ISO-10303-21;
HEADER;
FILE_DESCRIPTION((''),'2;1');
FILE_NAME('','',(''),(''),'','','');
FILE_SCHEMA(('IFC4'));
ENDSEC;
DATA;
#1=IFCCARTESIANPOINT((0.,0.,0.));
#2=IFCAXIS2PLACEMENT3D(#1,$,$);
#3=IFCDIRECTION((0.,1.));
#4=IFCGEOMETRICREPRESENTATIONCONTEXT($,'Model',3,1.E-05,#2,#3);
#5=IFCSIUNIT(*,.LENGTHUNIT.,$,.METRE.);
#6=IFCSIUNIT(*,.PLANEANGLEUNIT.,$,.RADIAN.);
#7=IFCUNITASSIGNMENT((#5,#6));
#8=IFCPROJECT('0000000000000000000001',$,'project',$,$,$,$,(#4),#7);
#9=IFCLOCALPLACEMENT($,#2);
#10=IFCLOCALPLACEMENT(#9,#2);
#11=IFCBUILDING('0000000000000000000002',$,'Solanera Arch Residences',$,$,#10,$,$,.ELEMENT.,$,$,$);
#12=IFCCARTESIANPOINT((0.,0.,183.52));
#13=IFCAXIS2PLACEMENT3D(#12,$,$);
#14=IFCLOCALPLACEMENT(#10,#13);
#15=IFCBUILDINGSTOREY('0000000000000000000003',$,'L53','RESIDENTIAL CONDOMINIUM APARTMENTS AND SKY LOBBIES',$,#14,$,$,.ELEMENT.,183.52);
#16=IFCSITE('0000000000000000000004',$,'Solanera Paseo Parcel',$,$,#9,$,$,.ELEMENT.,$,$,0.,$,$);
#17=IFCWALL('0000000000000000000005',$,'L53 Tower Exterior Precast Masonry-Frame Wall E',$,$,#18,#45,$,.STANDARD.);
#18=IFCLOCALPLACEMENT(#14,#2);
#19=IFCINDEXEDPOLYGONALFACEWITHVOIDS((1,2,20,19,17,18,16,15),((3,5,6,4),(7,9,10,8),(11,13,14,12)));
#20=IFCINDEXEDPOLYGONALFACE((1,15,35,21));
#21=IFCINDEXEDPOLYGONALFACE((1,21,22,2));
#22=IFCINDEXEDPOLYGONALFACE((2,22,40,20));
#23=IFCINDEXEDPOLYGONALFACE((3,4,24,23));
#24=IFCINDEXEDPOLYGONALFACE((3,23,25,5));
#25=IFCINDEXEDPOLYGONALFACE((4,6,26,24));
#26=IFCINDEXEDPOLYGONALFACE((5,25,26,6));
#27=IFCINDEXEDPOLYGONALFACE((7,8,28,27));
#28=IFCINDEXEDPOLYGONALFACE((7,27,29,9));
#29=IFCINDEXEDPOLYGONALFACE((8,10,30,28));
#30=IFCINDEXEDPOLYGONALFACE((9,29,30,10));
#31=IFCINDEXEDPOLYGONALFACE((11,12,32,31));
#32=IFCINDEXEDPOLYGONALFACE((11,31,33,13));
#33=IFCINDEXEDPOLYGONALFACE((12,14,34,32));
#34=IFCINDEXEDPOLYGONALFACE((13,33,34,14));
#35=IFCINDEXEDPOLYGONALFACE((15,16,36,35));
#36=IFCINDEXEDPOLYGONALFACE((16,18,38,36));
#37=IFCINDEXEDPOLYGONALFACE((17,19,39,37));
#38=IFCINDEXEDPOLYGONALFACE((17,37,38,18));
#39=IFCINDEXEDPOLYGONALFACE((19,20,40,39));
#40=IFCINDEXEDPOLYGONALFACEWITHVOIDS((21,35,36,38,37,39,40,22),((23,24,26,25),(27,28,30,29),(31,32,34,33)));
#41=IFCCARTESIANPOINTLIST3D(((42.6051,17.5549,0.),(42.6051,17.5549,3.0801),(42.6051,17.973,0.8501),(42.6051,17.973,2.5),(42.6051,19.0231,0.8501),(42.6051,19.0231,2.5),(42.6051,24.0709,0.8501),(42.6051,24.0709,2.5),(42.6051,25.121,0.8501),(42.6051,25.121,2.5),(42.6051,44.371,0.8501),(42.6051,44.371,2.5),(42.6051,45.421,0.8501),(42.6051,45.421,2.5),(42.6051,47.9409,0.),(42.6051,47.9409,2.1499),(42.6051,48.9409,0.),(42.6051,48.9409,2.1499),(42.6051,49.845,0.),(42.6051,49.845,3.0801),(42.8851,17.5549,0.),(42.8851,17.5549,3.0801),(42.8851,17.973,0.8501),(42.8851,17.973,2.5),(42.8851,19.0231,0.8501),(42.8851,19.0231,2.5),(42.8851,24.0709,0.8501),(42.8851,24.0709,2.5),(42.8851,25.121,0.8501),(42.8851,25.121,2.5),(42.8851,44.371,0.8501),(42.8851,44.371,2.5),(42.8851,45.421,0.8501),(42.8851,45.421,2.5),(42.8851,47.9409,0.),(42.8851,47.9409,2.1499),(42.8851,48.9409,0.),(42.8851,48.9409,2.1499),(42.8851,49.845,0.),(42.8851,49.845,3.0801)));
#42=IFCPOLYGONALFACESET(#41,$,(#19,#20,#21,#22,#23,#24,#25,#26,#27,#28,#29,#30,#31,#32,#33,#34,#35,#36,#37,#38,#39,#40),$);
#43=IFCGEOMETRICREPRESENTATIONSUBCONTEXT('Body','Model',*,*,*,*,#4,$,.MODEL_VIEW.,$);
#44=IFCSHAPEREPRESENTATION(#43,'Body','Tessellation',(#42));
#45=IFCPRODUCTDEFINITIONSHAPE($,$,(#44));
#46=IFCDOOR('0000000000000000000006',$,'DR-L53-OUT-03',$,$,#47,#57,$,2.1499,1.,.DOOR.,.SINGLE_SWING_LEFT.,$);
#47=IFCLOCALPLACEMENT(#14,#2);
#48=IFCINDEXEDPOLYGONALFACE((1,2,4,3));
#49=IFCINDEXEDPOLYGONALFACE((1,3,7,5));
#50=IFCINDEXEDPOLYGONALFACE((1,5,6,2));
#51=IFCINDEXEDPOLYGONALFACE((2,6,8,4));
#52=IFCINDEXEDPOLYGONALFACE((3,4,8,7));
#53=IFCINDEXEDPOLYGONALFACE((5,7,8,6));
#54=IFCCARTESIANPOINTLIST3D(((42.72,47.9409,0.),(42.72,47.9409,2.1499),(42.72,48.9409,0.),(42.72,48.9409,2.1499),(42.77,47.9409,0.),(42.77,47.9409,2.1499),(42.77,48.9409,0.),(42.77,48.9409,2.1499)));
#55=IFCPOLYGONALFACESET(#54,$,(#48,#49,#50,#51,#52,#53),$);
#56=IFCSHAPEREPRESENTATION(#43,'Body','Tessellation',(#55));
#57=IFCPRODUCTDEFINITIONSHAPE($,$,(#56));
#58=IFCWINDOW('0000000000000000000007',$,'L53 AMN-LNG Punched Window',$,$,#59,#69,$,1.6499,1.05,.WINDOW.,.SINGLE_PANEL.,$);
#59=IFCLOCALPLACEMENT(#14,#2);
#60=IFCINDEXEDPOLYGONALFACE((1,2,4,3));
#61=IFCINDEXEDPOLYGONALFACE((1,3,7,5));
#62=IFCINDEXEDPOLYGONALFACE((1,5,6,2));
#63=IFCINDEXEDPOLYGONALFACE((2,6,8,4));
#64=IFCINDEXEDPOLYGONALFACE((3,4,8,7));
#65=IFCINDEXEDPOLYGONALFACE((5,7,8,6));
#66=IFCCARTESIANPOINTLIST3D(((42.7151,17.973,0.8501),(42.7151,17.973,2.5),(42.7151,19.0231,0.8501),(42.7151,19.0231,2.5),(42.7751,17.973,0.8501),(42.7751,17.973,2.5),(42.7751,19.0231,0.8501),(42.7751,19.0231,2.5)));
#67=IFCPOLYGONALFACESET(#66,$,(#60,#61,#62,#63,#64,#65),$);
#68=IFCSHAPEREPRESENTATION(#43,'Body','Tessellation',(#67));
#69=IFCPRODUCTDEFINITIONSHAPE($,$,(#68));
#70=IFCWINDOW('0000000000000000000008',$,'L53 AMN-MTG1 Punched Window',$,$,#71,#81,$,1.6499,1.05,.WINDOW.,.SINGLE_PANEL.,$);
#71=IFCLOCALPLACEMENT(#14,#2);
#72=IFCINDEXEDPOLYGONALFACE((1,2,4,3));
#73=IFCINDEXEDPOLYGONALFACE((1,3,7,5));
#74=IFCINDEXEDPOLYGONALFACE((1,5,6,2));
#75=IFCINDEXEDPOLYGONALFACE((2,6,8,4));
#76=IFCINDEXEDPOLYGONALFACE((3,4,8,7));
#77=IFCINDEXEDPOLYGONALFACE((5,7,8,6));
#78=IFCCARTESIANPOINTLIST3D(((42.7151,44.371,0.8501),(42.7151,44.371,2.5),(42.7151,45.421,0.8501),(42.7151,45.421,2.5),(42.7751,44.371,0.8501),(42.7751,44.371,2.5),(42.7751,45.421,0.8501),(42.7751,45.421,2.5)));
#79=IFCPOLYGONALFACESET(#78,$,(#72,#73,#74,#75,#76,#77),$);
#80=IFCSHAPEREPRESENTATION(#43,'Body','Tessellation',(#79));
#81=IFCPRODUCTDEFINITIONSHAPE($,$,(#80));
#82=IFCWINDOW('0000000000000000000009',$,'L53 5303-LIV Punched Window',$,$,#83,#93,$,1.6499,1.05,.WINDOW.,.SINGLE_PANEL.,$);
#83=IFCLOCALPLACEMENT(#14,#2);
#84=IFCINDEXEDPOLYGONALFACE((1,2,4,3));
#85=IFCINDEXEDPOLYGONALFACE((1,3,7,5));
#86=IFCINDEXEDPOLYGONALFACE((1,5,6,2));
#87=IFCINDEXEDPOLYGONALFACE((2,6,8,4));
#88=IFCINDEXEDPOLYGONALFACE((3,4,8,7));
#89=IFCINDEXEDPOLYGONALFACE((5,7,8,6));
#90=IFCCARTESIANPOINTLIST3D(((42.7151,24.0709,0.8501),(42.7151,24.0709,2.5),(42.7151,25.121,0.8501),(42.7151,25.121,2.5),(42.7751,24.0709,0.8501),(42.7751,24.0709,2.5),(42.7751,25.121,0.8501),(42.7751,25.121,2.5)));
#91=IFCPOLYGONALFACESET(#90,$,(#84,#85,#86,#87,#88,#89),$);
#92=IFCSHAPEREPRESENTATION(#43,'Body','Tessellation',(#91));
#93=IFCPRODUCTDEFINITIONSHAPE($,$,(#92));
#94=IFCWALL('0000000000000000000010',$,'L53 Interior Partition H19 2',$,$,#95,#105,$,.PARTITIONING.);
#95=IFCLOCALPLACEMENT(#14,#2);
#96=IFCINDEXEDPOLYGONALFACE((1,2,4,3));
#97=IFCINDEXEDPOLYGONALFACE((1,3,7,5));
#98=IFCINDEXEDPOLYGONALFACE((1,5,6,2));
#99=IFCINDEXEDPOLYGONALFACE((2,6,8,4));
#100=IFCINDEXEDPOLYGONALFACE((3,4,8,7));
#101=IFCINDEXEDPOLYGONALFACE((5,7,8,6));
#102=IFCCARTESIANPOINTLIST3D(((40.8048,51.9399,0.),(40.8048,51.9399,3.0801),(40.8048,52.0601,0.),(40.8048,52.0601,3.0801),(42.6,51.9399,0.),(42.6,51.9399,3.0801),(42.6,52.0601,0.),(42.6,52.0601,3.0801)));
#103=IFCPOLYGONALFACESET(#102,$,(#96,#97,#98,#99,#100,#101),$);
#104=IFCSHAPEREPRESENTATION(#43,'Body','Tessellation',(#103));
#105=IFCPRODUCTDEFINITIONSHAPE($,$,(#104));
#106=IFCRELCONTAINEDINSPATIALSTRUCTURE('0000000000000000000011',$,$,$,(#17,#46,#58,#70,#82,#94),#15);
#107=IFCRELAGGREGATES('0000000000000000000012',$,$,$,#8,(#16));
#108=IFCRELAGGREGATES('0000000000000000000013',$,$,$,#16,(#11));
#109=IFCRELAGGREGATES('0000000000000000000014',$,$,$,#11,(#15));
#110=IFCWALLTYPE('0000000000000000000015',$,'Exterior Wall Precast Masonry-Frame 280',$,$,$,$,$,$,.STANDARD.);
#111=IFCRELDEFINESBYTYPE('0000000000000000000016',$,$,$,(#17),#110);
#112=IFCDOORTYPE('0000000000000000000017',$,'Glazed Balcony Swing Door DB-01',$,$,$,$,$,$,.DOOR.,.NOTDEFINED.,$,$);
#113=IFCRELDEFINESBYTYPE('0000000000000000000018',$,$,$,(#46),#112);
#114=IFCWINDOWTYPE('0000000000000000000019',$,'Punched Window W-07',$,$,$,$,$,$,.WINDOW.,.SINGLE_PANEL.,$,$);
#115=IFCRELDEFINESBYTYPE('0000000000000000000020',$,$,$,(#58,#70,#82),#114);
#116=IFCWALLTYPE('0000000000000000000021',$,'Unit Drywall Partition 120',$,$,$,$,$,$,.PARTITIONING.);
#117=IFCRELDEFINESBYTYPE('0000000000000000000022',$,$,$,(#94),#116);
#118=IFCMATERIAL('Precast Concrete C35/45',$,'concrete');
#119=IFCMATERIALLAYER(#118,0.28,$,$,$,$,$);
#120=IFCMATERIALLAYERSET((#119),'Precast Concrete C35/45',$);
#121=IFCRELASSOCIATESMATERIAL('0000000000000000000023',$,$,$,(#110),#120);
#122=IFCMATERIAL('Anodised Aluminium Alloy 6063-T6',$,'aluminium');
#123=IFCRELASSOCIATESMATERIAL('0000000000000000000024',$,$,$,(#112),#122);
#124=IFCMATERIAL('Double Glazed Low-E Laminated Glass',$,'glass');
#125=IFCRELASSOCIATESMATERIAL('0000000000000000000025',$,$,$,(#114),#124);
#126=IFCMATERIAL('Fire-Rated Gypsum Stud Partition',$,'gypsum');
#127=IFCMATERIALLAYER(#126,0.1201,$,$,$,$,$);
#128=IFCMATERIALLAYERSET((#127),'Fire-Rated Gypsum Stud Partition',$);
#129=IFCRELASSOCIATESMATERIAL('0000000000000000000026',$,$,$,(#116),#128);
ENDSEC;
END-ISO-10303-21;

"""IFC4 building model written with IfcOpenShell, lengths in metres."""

from ifc_helpers import new_model, si_unit, direction, frame, frame_2d, origin, place, context, subcontext, project, spatial, rectangle, extrude, material, layer, layer_set, type_object, element, fill, save


model = new_model("IFC4")

# Units and contexts
model_context = context("Model", 3, precision=1e-05, world=origin(), true_north=direction((0.0, 1.0)))
body_context = subcontext(model_context, "Body", "Model", "MODEL_VIEW")
ifc_project = project(units=[si_unit("LENGTHUNIT", "METRE"), si_unit("PLANEANGLEUNIT", "RADIAN")], contexts=[model_context])

# Site, building, storey
site_placement = place(None, origin())
site = spatial("IfcSite", under=ifc_project, at=site_placement, Name="Solanera Paseo Parcel", CompositionType="ELEMENT", RefElevation=0.0)
building_placement = place(site_placement, origin())
building = spatial("IfcBuilding", under=site, at=building_placement, Name="Solanera Arch Residences", CompositionType="ELEMENT")
storey_placement = place(building_placement, frame((0.0, 0.0, 183.52)))
storey = spatial("IfcBuildingStorey", under=building, at=storey_placement, Name="L53", Description="RESIDENTIAL CONDOMINIUM APARTMENTS AND SKY LOBBIES", CompositionType="ELEMENT", Elevation=183.52)

# Shared definitions
ifc_material_1 = material(Name="Precast Concrete C35/45", Category="concrete")
ifc_layer_1 = layer(ifc_material_1, 0.28)
ifc_layer_set_1 = layer_set([ifc_layer_1], Name="Precast Concrete C35/45")
wall_type_1 = type_object("IfcWallType", Name="Exterior Wall Precast Masonry-Frame 280", PredefinedType="STANDARD", material=ifc_layer_set_1)

# Wall, openings, door, windows
wall_1_placement = place(storey_placement, frame((42.7451, 49.845, 0.0), z_axis=(0.0, 0.0, 1.0), x_axis=(0.0, -1.0, 0.0)))
wall_1 = element("IfcWall", 1, at=wall_1_placement, inside=storey, type_object=wall_type_1, Name="L53 Tower Exterior Precast Masonry-Frame Wall E", PredefinedType="STANDARD", context=body_context, shape_type="SweptSolid", body=[
    extrude(rectangle(XDim=32.29, YDim=0.28, at=frame_2d((16.145, 0.0))), origin(), (0.0, 0.0, 1.0), 3.0801),
])
opening_1_placement = place(wall_1_placement, frame((0.9041, 0.0, 0.0)))
opening_1 = element("IfcOpeningElement", 2, at=opening_1_placement, cuts=wall_1, PredefinedType="OPENING", context=body_context, shape_type="SweptSolid", body=[
    extrude(rectangle(XDim=1.0, YDim=2.1499, at=frame_2d((0.5, 1.075))), frame((0.0, 0.1499, 0.0), z_axis=(0.0, -1.0, 0.0), x_axis=(1.0, 0.0, 0.0)), (0.0, 0.0, 1.0), 0.3),
])
opening_2_placement = place(wall_1_placement, frame((30.822, 0.0, 0.8501)))
opening_2 = element("IfcOpeningElement", 3, at=opening_2_placement, cuts=wall_1, PredefinedType="OPENING", context=body_context, shape_type="SweptSolid", body=[
    extrude(rectangle(XDim=1.05, YDim=1.6499, at=frame_2d((0.5249, 0.825))), frame((0.0, 0.1499, 0.0), z_axis=(0.0, -1.0, 0.0), x_axis=(1.0, 0.0, 0.0)), (0.0, 0.0, 1.0), 0.3),
])
opening_3_placement = place(wall_1_placement, frame((4.4241, 0.0, 0.8501)))
opening_3 = element("IfcOpeningElement", 4, at=opening_3_placement, cuts=wall_1, PredefinedType="OPENING", context=body_context, shape_type="SweptSolid", body=[
    extrude(rectangle(XDim=1.05, YDim=1.6499, at=frame_2d((0.5249, 0.825))), frame((0.0, 0.1499, 0.0), z_axis=(0.0, -1.0, 0.0), x_axis=(1.0, 0.0, 0.0)), (0.0, 0.0, 1.0), 0.3),
])
opening_4_placement = place(wall_1_placement, frame((24.7241, 0.0, 0.8501)))
opening_4 = element("IfcOpeningElement", 5, at=opening_4_placement, cuts=wall_1, PredefinedType="OPENING", context=body_context, shape_type="SweptSolid", body=[
    extrude(rectangle(XDim=1.05, YDim=1.6499, at=frame_2d((0.5249, 0.825))), frame((0.0, 0.1499, 0.0), z_axis=(0.0, -1.0, 0.0), x_axis=(1.0, 0.0, 0.0)), (0.0, 0.0, 1.0), 0.3),
])
ifc_material_2 = material(Name="Anodised Aluminium Alloy 6063-T6", Category="aluminium")
door_type = type_object("IfcDoorType", Name="Glazed Balcony Swing Door DB-01", OperationType="NOTDEFINED", PredefinedType="DOOR", material=ifc_material_2)
door_placement = place(opening_1_placement, origin())
door = element("IfcDoor", 6, at=door_placement, inside=storey, type_object=door_type, Name="DR-L53-OUT-03", OperationType="SINGLE_SWING_LEFT", OverallHeight=2.1499, OverallWidth=1.0, PredefinedType="DOOR", context=body_context, shape_type="SweptSolid", body=[
    extrude(rectangle(XDim=1.0, YDim=2.1499, at=frame_2d((0.5, 1.075))), frame((0.0, 0.0249, 0.0), z_axis=(0.0, -1.0, 0.0), x_axis=(1.0, 0.0, 0.0)), (0.0, 0.0, 1.0), 0.05),
])
fill(opening_1, door)
ifc_material_3 = material(Name="Double Glazed Low-E Laminated Glass", Category="glass")
window_type = type_object("IfcWindowType", Name="Punched Window W-07", PartitioningType="SINGLE_PANEL", PredefinedType="WINDOW", material=ifc_material_3)
window_1_placement = place(opening_2_placement, origin())
window_1 = element("IfcWindow", 7, at=window_1_placement, inside=storey, type_object=window_type, Name="L53 AMN-LNG Punched Window", OverallHeight=1.6499, OverallWidth=1.05, PartitioningType="SINGLE_PANEL", PredefinedType="WINDOW", context=body_context, shape_type="SweptSolid", body=[
    extrude(rectangle(XDim=1.05, YDim=1.6499, at=frame_2d((0.5249, 0.825))), frame((0.0, 0.03, 0.0), z_axis=(0.0, -1.0, 0.0), x_axis=(1.0, 0.0, 0.0)), (0.0, 0.0, 1.0), 0.0601),
])
fill(opening_2, window_1)
window_2_placement = place(opening_3_placement, origin())
window_2 = element("IfcWindow", 8, at=window_2_placement, inside=storey, type_object=window_type, Name="L53 AMN-MTG1 Punched Window", OverallHeight=1.6499, OverallWidth=1.05, PartitioningType="SINGLE_PANEL", PredefinedType="WINDOW", context=body_context, shape_type="SweptSolid", body=[
    extrude(rectangle(XDim=1.05, YDim=1.6499, at=frame_2d((0.5249, 0.825))), frame((0.0, 0.03, 0.0), z_axis=(0.0, -1.0, 0.0), x_axis=(1.0, 0.0, 0.0)), (0.0, 0.0, 1.0), 0.0601),
])
fill(opening_3, window_2)
window_3_placement = place(opening_4_placement, origin())
window_3 = element("IfcWindow", 9, at=window_3_placement, inside=storey, type_object=window_type, Name="L53 5303-LIV Punched Window", OverallHeight=1.6499, OverallWidth=1.05, PartitioningType="SINGLE_PANEL", PredefinedType="WINDOW", context=body_context, shape_type="SweptSolid", body=[
    extrude(rectangle(XDim=1.05, YDim=1.6499, at=frame_2d((0.5249, 0.825))), frame((0.0, 0.03, 0.0), z_axis=(0.0, -1.0, 0.0), x_axis=(1.0, 0.0, 0.0)), (0.0, 0.0, 1.0), 0.0601),
])
fill(opening_4, window_3)

# Wall
ifc_material_4 = material(Name="Fire-Rated Gypsum Stud Partition", Category="gypsum")
ifc_layer_2 = layer(ifc_material_4, 0.1201)
ifc_layer_set_2 = layer_set([ifc_layer_2], Name="Fire-Rated Gypsum Stud Partition")
wall_type_2 = type_object("IfcWallType", Name="Unit Drywall Partition 120", PredefinedType="PARTITIONING", material=ifc_layer_set_2)
wall_2_placement = place(storey_placement, frame((40.8049, 52.0, 0.0), z_axis=(0.0, 0.0, 1.0), x_axis=(1.0, 0.0, 0.0)))
element("IfcWall", 10, at=wall_2_placement, inside=storey, type_object=wall_type_2, Name="L53 Interior Partition H19 2", PredefinedType="PARTITIONING", context=body_context, shape_type="SweptSolid", body=[
    extrude(rectangle(XDim=1.7952, YDim=0.1201, at=frame_2d((0.8975, 0.0))), origin(), (0.0, 0.0, 1.0), 3.0801),
])

save(model, "model.ifc")
